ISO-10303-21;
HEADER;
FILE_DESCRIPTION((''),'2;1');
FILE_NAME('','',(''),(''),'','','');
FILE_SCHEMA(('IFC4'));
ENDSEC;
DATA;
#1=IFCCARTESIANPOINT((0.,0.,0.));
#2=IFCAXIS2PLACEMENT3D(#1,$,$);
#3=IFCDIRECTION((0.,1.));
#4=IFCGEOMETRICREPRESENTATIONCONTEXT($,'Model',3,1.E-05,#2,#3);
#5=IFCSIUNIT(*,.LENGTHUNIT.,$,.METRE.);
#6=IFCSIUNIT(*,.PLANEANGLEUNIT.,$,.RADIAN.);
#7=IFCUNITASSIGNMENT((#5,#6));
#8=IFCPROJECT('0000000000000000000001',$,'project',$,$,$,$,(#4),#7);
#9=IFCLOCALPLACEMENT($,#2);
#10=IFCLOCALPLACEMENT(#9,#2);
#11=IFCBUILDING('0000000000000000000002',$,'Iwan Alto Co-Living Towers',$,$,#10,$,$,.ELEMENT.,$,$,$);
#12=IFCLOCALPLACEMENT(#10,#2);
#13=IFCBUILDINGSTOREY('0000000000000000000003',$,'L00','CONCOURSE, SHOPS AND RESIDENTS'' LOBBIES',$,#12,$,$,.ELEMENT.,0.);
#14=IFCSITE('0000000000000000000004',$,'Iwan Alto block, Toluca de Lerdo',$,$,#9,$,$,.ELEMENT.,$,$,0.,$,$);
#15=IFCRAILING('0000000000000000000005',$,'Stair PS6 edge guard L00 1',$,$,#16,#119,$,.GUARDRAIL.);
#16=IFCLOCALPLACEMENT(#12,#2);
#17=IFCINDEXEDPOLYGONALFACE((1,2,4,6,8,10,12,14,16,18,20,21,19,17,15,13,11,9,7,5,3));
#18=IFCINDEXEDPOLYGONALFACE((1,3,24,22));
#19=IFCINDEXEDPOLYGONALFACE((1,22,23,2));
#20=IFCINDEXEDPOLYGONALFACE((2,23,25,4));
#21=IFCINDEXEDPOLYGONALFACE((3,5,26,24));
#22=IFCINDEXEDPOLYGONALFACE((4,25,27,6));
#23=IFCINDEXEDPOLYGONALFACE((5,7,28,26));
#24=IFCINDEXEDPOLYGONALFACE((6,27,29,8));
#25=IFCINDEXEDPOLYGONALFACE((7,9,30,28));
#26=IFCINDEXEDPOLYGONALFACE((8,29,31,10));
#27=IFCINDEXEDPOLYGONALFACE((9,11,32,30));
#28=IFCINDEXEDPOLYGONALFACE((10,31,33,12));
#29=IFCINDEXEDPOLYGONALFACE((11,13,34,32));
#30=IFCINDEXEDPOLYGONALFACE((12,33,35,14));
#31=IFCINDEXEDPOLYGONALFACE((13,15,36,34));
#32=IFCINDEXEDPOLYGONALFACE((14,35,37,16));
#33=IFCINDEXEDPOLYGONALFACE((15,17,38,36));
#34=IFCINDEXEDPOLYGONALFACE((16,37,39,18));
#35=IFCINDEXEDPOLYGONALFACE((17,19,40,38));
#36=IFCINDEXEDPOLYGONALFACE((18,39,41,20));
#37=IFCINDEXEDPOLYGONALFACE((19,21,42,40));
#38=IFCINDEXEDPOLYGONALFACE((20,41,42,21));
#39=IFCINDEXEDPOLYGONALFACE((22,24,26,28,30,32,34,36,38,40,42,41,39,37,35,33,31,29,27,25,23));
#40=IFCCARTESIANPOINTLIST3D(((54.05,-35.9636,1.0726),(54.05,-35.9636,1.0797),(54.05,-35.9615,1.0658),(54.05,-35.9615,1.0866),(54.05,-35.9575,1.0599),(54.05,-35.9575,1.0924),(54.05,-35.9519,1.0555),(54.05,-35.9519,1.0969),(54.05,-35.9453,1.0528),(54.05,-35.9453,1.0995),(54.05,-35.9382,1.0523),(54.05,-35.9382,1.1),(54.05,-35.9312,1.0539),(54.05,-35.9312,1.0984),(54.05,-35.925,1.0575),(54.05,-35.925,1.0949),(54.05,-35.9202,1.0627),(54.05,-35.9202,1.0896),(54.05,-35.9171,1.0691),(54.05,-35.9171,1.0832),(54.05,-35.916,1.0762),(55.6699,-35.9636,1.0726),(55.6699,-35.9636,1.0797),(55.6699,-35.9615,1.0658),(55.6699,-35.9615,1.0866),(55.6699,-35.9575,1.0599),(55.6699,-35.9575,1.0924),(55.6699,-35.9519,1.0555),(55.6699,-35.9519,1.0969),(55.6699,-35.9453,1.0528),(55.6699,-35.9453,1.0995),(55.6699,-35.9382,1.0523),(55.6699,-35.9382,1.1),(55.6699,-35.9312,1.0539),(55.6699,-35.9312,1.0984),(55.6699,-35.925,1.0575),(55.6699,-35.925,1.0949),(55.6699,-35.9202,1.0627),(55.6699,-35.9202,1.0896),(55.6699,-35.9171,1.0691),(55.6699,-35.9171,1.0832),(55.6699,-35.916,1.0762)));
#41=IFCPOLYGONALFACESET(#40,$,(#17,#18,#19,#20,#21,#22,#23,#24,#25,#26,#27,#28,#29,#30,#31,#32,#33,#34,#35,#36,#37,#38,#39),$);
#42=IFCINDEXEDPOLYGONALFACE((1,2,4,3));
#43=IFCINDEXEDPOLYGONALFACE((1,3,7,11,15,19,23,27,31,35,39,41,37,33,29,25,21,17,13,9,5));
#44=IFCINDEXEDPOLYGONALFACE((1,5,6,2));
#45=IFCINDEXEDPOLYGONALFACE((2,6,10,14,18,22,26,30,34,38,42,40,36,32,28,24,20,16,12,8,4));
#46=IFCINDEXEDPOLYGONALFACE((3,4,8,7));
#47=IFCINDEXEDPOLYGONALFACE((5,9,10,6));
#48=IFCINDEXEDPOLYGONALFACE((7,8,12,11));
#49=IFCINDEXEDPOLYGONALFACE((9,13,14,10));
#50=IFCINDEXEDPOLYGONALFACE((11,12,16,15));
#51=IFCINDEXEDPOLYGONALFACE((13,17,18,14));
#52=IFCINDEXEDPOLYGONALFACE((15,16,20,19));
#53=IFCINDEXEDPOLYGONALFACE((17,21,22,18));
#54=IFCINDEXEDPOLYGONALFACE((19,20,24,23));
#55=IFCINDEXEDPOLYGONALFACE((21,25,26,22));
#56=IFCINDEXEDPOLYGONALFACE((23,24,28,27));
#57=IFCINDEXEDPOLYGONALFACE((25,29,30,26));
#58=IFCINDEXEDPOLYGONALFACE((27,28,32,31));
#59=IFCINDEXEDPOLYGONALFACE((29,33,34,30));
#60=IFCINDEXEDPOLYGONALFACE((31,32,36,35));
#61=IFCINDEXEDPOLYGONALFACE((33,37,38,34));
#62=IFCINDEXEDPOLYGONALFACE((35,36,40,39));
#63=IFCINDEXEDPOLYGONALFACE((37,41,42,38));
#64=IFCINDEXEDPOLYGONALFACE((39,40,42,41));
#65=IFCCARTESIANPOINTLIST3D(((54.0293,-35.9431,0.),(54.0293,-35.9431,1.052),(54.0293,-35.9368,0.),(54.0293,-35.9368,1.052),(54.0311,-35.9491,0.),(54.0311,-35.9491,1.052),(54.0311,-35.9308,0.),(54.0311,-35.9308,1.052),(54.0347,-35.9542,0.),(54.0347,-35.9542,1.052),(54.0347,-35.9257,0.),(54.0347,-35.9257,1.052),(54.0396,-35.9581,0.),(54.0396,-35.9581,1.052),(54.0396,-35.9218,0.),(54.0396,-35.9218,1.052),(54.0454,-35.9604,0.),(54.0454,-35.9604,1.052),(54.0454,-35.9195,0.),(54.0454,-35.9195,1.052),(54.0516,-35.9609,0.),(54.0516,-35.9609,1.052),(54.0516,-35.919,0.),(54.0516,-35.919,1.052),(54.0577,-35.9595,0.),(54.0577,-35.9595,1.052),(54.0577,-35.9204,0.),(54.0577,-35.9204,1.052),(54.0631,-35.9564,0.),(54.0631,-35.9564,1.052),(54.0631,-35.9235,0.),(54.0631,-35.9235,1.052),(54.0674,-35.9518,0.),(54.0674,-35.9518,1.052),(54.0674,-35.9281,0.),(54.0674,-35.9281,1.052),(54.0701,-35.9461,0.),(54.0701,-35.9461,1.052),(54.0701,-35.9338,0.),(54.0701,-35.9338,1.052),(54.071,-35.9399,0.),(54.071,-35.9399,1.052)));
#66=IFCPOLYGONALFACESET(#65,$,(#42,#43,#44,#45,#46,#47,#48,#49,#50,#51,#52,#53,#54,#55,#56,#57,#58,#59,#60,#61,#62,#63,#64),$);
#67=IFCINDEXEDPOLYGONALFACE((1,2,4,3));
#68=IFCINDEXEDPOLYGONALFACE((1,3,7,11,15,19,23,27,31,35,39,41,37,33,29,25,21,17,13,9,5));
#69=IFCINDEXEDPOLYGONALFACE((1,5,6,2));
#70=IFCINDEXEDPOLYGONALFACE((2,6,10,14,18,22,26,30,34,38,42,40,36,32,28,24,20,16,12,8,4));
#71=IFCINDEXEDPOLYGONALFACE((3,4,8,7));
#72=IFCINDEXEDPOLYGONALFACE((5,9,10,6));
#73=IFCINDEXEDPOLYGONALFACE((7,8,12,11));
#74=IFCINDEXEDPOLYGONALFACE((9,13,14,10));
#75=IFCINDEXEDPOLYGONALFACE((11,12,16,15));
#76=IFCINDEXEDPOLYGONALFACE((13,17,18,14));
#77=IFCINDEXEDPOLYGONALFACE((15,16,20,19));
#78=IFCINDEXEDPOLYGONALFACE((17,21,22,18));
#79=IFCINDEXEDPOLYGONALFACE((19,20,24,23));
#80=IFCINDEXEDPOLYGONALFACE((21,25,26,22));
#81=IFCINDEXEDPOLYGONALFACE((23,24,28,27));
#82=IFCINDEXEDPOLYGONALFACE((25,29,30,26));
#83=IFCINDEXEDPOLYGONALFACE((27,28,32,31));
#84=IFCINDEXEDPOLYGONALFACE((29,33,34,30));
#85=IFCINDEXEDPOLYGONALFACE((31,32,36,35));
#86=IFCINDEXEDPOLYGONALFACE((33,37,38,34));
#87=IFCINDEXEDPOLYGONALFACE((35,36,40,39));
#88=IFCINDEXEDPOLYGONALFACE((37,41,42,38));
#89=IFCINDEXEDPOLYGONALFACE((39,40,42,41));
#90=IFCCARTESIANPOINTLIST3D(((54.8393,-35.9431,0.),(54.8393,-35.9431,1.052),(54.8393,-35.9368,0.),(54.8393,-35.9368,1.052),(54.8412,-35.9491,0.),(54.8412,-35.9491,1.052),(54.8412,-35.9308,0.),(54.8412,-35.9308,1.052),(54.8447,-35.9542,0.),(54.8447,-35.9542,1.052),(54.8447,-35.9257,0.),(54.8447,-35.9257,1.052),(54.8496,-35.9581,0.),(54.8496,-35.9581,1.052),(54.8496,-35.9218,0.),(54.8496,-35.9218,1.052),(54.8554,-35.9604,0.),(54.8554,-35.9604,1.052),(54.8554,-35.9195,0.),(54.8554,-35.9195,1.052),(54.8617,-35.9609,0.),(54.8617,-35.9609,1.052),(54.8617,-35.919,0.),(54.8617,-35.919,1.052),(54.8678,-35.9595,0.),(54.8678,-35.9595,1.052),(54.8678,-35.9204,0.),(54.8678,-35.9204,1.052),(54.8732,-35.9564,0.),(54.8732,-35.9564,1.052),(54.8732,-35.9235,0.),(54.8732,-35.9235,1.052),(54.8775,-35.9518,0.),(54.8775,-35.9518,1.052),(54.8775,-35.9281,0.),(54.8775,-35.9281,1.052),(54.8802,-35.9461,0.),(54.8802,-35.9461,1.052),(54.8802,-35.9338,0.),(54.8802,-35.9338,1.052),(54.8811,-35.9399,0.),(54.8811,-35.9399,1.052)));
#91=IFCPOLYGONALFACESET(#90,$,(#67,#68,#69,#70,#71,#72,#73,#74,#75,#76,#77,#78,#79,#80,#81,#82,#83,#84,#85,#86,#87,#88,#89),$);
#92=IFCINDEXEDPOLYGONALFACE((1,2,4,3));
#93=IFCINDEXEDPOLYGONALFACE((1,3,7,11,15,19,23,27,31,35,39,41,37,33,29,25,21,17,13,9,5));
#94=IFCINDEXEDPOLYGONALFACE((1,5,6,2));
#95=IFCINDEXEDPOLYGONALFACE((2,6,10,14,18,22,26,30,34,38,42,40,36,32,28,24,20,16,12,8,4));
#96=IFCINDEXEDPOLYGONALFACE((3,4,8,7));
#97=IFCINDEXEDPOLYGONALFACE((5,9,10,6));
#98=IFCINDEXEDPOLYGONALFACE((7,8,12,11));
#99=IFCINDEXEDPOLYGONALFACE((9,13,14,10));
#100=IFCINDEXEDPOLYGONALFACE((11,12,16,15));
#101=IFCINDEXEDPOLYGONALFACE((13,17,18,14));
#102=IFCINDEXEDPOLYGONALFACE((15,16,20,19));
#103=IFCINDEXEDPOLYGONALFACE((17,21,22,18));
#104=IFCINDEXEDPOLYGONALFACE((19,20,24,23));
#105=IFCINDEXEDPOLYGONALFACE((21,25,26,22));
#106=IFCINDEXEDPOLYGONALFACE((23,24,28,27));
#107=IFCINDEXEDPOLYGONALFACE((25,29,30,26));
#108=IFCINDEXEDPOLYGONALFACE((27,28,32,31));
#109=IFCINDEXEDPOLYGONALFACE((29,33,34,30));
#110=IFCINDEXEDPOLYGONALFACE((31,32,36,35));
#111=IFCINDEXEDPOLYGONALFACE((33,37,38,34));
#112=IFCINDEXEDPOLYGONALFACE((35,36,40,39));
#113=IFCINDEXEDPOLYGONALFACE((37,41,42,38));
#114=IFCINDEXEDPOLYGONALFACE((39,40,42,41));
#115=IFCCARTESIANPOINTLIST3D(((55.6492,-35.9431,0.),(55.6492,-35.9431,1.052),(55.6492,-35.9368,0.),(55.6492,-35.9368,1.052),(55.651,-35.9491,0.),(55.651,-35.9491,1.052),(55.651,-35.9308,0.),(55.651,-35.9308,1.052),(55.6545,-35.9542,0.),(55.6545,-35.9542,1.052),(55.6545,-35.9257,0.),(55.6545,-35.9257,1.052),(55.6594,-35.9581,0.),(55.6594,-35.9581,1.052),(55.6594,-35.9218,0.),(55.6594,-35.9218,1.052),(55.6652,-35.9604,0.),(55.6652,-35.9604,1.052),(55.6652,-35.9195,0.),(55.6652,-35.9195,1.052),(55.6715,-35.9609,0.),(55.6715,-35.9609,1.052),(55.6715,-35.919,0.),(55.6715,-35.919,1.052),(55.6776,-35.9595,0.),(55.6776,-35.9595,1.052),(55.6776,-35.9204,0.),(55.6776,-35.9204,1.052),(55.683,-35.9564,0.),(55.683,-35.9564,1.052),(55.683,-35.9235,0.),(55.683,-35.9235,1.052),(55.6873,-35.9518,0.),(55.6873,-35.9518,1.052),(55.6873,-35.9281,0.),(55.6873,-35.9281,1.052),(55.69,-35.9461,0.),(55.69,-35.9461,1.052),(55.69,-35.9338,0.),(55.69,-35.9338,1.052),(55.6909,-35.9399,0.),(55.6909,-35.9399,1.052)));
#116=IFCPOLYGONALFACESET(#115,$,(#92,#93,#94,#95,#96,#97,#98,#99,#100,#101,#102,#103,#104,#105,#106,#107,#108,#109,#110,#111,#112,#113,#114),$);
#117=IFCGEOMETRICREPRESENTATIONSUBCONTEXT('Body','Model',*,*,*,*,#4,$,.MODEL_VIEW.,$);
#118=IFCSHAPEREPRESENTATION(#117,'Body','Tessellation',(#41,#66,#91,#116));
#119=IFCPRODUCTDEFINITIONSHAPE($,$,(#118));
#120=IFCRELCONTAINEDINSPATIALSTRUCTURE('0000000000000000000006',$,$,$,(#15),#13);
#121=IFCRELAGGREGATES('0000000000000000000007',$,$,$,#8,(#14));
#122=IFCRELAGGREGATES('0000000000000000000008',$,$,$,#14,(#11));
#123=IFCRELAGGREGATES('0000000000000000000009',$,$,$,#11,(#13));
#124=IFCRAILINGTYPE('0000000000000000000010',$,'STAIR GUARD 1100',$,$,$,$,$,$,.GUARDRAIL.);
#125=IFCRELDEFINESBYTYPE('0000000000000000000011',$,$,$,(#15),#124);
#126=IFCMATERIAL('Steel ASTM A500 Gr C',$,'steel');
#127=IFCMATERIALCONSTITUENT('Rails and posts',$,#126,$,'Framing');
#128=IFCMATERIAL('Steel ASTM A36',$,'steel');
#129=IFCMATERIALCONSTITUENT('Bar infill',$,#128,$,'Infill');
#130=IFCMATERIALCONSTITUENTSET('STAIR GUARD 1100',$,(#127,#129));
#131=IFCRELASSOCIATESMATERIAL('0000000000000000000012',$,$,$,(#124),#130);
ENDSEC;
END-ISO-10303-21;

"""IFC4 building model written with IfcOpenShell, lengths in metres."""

from ifc_helpers import new_model, si_unit, direction, frame, origin, origin_2d, place, context, subcontext, project, spatial, circle, extrude, material, constituent, constituent_set, type_object, element, save


model = new_model("IFC4")

# Units and contexts
model_context = context("Model", 3, precision=1e-05, world=origin(), true_north=direction((0.0, 1.0)))
body_context = subcontext(model_context, "Body", "Model", "MODEL_VIEW")
ifc_project = project(units=[si_unit("LENGTHUNIT", "METRE"), si_unit("PLANEANGLEUNIT", "RADIAN")], contexts=[model_context])

# Site, building, storey
site_placement = place(None, origin())
site = spatial("IfcSite", under=ifc_project, at=site_placement, Name="Iwan Alto block, Toluca de Lerdo", CompositionType="ELEMENT", RefElevation=0.0)
building_placement = place(site_placement, origin())
building = spatial("IfcBuilding", under=site, at=building_placement, Name="Iwan Alto Co-Living Towers", CompositionType="ELEMENT")
storey_placement = place(building_placement, origin())
storey = spatial("IfcBuildingStorey", under=building, at=storey_placement, Name="L00", Description="CONCOURSE, SHOPS AND RESIDENTS' LOBBIES", CompositionType="ELEMENT", Elevation=0.0)

# Shared definitions
ifc_material_1 = material(Name="Steel ASTM A36", Category="steel")

# Railing
ifc_material_2 = material(Name="Steel ASTM A500 Gr C", Category="steel")
ifc_constituent_1 = constituent(ifc_material_2, Name="Rails and posts", Category="Framing")
ifc_constituent_2 = constituent(ifc_material_1, Name="Bar infill", Category="Infill")
ifc_constituent_set_1 = constituent_set(constituents=[ifc_constituent_1, ifc_constituent_2], Name="STAIR GUARD 1100")
railing_type_1 = type_object("IfcRailingType", Name="STAIR GUARD 1100", PredefinedType="GUARDRAIL", material=ifc_constituent_set_1)
railing_1_placement = place(storey_placement, frame((54.05, -35.9399, 0.0)))
element("IfcRailing", 1, at=railing_1_placement, inside=storey, type_object=railing_type_1, Name="Stair PS6 edge guard L00 1", PredefinedType="GUARDRAIL", context=body_context, shape_type="SweptSolid", body=[
    extrude(circle(Radius=0.0239, at=origin_2d()), frame((0.0, 0.0, 1.0762), z_axis=(1.0, 0.0, 0.0), x_axis=(0.0, 1.0, 0.0)), (0.0, 0.0, 1.0), 1.6199),
    extrude(circle(Radius=0.021, at=origin_2d()), origin(), (0.0, 0.0, 1.0), 1.052),
    extrude(circle(Radius=0.021, at=origin_2d()), frame((0.8101, 0.0, 0.0)), (0.0, 0.0, 1.0), 1.052),
    extrude(circle(Radius=0.021, at=origin_2d()), frame((1.6199, 0.0, 0.0)), (0.0, 0.0, 1.0), 1.052),
])

save(model, "model.ifc")
